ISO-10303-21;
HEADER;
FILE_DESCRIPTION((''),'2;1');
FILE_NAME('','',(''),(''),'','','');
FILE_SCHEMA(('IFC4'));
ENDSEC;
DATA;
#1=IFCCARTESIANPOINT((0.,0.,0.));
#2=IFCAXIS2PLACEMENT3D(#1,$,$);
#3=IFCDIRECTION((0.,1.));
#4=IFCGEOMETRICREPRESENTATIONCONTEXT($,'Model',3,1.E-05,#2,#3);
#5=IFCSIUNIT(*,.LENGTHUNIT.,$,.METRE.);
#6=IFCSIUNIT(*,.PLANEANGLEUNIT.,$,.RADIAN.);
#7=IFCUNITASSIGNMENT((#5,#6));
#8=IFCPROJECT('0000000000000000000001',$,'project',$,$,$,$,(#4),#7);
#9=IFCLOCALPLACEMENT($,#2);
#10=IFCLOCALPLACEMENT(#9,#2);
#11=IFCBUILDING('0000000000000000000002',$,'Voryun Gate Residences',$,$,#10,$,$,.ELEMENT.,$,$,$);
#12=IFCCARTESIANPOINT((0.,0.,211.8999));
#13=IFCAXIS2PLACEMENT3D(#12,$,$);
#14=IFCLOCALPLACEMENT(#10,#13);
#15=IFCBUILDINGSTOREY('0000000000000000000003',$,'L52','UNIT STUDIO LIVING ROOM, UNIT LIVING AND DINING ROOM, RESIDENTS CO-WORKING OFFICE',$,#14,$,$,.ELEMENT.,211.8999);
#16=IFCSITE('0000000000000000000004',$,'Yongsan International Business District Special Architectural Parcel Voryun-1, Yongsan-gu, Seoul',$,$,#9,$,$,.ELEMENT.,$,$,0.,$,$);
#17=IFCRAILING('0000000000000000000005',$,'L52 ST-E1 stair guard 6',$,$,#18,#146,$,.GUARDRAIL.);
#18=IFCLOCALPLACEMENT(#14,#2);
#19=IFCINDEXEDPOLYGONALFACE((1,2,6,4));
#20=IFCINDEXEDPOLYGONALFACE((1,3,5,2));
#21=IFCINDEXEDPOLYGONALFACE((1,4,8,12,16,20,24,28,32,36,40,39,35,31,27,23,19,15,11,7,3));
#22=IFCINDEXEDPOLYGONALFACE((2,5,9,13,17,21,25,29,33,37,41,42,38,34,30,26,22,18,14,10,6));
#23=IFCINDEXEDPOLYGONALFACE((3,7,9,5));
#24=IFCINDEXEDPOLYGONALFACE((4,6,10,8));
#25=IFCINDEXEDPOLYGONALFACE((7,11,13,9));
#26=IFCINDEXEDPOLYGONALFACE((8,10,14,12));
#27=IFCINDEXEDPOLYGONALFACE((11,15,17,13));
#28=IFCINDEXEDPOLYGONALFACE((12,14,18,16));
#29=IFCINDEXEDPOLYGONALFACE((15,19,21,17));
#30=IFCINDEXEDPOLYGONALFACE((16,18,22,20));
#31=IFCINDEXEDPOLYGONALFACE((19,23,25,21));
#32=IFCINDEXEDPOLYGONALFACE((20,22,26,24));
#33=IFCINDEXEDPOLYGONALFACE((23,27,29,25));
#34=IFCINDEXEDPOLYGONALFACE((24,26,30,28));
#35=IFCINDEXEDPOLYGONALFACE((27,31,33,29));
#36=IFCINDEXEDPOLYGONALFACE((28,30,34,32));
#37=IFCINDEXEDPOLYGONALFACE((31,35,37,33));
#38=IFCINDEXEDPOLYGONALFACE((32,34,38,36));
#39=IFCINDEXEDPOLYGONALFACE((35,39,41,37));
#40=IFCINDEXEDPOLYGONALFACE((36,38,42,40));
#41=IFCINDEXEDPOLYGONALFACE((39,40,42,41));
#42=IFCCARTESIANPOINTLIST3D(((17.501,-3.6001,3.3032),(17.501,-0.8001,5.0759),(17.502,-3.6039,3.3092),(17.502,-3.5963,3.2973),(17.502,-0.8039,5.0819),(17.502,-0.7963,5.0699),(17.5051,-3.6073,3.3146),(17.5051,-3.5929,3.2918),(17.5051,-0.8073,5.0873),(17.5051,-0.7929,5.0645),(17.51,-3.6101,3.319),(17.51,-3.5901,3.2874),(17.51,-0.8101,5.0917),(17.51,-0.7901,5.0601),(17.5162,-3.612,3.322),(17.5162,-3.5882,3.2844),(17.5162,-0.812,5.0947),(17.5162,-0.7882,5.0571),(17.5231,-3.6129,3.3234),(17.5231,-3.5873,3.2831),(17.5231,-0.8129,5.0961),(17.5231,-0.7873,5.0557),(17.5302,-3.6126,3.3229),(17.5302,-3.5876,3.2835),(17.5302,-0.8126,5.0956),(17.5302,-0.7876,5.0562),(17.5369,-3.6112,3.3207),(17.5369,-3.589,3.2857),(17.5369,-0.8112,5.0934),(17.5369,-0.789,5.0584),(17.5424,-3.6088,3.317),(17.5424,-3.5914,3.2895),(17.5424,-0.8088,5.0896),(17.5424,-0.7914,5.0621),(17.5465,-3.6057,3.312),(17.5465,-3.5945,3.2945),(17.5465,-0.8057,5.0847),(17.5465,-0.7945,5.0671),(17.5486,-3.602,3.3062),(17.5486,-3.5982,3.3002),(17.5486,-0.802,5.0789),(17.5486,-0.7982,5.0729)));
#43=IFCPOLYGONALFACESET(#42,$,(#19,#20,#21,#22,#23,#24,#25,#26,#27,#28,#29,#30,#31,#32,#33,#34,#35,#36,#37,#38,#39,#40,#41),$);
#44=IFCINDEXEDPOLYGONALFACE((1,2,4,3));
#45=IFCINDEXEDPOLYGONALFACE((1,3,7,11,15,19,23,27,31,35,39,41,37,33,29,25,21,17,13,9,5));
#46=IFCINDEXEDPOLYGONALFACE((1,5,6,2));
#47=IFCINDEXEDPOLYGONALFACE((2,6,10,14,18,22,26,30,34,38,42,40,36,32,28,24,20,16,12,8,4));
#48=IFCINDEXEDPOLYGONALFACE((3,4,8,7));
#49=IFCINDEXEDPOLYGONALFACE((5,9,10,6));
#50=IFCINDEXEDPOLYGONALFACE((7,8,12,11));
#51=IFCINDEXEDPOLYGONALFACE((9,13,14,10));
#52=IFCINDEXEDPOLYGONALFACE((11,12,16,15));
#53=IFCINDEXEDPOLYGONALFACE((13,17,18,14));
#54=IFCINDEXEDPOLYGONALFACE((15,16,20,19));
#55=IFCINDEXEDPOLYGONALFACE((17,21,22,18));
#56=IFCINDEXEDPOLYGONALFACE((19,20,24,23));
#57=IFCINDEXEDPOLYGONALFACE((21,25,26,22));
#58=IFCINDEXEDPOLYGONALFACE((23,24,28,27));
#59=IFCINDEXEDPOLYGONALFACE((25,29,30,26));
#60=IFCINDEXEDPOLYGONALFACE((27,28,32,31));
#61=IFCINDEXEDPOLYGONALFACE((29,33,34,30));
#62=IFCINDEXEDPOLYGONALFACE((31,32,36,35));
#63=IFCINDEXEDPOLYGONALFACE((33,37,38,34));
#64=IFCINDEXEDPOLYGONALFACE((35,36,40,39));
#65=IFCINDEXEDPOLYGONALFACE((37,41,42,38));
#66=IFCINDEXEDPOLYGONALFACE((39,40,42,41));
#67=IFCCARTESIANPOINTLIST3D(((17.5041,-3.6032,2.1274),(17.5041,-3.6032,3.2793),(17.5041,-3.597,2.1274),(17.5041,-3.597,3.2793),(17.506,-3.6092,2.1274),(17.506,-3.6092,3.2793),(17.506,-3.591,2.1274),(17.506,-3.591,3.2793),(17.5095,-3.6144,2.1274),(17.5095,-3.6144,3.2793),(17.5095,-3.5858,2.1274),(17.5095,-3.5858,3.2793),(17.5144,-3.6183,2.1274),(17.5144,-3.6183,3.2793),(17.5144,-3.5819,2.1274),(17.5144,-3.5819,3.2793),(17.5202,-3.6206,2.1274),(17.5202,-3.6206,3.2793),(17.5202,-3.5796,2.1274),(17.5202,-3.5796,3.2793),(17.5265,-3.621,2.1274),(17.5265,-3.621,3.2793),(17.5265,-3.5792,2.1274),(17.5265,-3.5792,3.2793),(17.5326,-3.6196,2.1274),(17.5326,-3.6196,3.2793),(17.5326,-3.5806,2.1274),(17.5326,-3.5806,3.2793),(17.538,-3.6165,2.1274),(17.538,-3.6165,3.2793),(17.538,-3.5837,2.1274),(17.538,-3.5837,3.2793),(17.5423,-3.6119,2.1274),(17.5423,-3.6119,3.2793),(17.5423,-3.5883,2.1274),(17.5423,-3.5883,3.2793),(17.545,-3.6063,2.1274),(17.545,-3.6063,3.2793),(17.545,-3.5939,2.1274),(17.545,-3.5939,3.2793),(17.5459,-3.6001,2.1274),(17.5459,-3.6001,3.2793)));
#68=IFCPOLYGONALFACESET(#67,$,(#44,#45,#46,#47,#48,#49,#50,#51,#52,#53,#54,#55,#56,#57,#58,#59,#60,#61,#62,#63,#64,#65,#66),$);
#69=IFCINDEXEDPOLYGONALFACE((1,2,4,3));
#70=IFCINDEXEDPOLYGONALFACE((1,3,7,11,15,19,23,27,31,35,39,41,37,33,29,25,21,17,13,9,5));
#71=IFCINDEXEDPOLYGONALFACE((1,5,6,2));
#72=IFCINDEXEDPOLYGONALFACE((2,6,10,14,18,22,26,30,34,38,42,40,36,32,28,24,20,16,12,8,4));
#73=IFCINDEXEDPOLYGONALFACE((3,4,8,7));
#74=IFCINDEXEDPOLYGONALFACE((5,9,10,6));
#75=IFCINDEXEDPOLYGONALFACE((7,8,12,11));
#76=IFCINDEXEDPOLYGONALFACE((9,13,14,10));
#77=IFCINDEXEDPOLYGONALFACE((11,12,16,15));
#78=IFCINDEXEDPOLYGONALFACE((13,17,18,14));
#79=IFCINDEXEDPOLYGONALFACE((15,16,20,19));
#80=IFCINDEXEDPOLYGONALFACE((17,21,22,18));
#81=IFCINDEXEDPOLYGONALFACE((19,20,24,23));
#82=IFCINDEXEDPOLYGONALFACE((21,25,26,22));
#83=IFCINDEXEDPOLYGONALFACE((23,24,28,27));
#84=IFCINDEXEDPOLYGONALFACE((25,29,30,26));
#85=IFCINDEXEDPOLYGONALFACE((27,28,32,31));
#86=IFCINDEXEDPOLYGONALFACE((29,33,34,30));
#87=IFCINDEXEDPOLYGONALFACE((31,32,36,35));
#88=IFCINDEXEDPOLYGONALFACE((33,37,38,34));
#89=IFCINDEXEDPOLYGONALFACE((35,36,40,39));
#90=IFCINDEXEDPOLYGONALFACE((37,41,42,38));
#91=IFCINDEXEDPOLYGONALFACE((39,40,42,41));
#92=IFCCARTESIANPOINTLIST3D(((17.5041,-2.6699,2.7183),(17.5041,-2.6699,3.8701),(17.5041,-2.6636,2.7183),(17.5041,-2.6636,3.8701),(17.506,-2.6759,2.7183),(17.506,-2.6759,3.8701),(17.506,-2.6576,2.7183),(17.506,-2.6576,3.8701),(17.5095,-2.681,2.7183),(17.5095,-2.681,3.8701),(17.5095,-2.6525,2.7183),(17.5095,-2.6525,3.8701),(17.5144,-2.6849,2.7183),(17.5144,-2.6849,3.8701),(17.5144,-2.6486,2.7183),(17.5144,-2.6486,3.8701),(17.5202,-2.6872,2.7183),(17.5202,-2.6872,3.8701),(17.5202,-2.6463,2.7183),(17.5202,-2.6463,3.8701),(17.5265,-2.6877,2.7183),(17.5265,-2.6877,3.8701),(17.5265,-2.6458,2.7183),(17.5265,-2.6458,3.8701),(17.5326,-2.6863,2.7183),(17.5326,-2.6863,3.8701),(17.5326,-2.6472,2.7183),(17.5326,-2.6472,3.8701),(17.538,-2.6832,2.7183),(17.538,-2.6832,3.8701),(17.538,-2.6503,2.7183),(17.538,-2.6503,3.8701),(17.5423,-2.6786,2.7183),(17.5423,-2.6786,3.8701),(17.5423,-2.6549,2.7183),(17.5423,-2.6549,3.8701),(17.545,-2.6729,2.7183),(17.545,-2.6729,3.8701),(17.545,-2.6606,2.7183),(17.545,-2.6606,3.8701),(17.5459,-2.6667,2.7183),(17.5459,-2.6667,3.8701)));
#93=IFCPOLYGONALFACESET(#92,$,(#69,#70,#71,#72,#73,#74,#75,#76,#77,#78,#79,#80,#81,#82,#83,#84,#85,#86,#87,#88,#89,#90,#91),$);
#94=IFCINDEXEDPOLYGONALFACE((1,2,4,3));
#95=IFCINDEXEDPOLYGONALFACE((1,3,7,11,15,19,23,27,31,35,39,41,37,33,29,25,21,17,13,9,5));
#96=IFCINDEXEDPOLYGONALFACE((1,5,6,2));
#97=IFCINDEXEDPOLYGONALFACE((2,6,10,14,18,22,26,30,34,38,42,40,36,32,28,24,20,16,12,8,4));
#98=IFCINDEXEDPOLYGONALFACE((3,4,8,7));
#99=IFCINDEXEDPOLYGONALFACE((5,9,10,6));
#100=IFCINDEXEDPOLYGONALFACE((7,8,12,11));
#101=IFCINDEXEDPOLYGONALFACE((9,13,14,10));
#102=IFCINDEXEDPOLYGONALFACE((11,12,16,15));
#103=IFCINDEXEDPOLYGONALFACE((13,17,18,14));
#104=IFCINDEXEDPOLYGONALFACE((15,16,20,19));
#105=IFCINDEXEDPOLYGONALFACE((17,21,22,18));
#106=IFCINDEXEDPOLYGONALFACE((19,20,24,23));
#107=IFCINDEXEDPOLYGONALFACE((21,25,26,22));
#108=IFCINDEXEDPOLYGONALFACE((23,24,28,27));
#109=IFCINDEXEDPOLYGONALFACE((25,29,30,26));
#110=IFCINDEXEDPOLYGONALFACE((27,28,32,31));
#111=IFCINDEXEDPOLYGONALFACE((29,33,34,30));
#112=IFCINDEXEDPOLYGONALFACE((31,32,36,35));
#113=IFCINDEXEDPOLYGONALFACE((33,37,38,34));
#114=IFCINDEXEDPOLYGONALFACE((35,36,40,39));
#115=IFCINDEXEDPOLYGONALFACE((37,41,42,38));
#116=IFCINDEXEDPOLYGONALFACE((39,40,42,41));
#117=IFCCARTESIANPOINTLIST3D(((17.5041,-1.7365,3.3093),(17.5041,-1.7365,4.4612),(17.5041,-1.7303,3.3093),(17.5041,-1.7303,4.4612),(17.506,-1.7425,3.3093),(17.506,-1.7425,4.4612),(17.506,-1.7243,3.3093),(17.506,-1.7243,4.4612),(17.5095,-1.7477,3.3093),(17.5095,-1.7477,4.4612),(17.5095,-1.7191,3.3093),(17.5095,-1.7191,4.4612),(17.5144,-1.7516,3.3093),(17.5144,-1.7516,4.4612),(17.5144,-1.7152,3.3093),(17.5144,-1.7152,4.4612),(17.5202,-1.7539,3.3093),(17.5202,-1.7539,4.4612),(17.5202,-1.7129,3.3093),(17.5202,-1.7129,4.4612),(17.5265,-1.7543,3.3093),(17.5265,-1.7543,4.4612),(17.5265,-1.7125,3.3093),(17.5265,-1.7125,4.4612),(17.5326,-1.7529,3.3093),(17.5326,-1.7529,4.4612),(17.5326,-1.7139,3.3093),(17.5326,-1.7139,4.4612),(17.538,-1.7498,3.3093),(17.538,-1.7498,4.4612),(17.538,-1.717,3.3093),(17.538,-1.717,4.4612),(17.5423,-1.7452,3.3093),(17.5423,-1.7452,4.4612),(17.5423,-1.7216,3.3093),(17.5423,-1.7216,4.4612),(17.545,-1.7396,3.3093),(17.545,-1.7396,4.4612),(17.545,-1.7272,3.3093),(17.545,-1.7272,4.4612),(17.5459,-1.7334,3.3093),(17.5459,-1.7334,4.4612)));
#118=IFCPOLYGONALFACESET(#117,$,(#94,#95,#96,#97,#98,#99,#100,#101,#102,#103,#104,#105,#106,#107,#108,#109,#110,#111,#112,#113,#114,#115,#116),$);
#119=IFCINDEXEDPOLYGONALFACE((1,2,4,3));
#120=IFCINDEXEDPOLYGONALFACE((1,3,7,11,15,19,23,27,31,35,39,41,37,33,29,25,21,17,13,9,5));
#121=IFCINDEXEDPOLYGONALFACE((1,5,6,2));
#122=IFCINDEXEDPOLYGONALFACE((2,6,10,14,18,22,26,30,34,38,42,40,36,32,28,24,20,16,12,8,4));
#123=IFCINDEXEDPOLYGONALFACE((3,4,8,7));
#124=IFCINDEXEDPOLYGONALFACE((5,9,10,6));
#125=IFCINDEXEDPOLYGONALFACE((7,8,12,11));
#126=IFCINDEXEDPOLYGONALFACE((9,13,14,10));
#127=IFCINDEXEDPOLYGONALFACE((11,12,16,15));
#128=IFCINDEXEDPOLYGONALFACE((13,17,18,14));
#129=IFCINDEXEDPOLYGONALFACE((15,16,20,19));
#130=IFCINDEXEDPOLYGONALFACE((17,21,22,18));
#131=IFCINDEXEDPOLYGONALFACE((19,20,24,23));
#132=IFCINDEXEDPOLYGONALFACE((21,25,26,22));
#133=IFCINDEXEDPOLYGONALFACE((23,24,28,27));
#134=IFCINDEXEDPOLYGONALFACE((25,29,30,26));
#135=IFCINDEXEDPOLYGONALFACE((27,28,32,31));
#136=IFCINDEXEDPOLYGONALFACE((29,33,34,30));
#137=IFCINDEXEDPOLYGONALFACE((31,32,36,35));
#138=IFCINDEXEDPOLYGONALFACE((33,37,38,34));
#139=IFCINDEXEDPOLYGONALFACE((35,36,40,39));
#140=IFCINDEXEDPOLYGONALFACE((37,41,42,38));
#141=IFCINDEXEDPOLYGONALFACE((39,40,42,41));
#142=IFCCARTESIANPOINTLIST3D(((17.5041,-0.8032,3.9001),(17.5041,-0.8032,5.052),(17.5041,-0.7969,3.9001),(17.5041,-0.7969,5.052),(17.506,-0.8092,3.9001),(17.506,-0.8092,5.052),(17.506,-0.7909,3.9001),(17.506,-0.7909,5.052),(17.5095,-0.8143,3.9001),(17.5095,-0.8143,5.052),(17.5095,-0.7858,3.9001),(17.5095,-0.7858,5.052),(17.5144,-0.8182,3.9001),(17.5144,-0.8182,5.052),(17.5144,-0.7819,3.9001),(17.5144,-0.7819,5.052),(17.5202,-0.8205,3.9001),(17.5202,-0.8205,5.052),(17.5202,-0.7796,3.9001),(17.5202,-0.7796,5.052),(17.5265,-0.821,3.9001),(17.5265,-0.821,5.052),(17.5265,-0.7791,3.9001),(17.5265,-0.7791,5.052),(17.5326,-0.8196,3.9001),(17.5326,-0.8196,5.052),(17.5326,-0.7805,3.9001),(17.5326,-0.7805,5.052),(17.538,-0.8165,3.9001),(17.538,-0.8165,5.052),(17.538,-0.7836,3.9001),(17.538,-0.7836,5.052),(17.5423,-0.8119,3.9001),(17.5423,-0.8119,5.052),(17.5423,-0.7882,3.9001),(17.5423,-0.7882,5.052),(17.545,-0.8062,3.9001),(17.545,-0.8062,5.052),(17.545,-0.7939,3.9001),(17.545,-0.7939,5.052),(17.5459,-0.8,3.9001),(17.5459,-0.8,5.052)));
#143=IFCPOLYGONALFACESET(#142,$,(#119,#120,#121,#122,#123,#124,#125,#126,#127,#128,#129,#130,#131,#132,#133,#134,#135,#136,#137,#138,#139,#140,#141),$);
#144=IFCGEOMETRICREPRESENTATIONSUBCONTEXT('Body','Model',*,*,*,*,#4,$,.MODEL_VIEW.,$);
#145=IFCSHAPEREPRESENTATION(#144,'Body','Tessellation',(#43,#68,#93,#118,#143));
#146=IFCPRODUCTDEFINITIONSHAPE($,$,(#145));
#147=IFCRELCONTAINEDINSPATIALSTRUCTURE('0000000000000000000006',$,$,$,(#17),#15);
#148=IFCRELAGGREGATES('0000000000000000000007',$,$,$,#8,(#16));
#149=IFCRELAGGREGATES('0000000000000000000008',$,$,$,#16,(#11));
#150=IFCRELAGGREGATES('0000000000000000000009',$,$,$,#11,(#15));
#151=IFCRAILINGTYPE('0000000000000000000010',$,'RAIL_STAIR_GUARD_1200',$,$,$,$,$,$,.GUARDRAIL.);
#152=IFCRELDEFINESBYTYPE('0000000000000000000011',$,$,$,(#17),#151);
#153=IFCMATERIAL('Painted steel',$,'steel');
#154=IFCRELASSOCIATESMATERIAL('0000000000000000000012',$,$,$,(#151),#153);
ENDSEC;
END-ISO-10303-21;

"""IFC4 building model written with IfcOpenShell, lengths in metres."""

from ifc_helpers import new_model, si_unit, direction, frame, origin, origin_2d, place, context, subcontext, project, spatial, circle, extrude, material, type_object, element, save


model = new_model("IFC4")

# Units and contexts
model_context = context("Model", 3, precision=1e-05, world=origin(), true_north=direction((0.0, 1.0)))
body_context = subcontext(model_context, "Body", "Model", "MODEL_VIEW")
ifc_project = project(units=[si_unit("LENGTHUNIT", "METRE"), si_unit("PLANEANGLEUNIT", "RADIAN")], contexts=[model_context])

# Site, building, storey
site_placement = place(None, origin())
site = spatial("IfcSite", under=ifc_project, at=site_placement, Name="Yongsan International Business District Special Architectural Parcel Voryun-1, Yongsan-gu, Seoul", CompositionType="ELEMENT", RefElevation=0.0)
building_placement = place(site_placement, origin())
building = spatial("IfcBuilding", under=site, at=building_placement, Name="Voryun Gate Residences", CompositionType="ELEMENT")
storey_placement = place(building_placement, frame((0.0, 0.0, 211.8999)))
storey = spatial("IfcBuildingStorey", under=building, at=storey_placement, Name="L52", Description="UNIT STUDIO LIVING ROOM, UNIT LIVING AND DINING ROOM, RESIDENTS CO-WORKING OFFICE", CompositionType="ELEMENT", Elevation=211.8999)

# Railing
ifc_material_1 = material(Name="Painted steel", Category="steel")
railing_type_1 = type_object("IfcRailingType", Name="RAIL_STAIR_GUARD_1200", PredefinedType="GUARDRAIL", material=ifc_material_1)
railing_1_placement = place(storey_placement, frame((17.5249, -3.6001, 2.1274)))
element("IfcRailing", 1, at=railing_1_placement, inside=storey, type_object=railing_type_1, Name="L52 ST-E1 stair guard 6", PredefinedType="GUARDRAIL", context=body_context, shape_type="SweptSolid", body=[
    extrude(circle(Radius=0.0239, at=origin_2d()), frame((0.0, 0.0, 1.1758), z_axis=(0.0, 0.844909, 0.53491), x_axis=(-1.0, 0.0, 0.0)), (0.0, 0.0, 1.0), 3.314),
    extrude(circle(Radius=0.021, at=origin_2d()), origin(), (0.0, 0.0, 1.0), 1.1519),
    extrude(circle(Radius=0.021, at=origin_2d()), frame((0.0, 0.9333, 0.5908)), (0.0, 0.0, 1.0), 1.1519),
    extrude(circle(Radius=0.021, at=origin_2d()), frame((0.0, 1.8667, 1.1819)), (0.0, 0.0, 1.0), 1.1519),
    extrude(circle(Radius=0.021, at=origin_2d()), frame((0.0, 2.8, 1.7727)), (0.0, 0.0, 1.0), 1.1519),
])

save(model, "model.ifc")
